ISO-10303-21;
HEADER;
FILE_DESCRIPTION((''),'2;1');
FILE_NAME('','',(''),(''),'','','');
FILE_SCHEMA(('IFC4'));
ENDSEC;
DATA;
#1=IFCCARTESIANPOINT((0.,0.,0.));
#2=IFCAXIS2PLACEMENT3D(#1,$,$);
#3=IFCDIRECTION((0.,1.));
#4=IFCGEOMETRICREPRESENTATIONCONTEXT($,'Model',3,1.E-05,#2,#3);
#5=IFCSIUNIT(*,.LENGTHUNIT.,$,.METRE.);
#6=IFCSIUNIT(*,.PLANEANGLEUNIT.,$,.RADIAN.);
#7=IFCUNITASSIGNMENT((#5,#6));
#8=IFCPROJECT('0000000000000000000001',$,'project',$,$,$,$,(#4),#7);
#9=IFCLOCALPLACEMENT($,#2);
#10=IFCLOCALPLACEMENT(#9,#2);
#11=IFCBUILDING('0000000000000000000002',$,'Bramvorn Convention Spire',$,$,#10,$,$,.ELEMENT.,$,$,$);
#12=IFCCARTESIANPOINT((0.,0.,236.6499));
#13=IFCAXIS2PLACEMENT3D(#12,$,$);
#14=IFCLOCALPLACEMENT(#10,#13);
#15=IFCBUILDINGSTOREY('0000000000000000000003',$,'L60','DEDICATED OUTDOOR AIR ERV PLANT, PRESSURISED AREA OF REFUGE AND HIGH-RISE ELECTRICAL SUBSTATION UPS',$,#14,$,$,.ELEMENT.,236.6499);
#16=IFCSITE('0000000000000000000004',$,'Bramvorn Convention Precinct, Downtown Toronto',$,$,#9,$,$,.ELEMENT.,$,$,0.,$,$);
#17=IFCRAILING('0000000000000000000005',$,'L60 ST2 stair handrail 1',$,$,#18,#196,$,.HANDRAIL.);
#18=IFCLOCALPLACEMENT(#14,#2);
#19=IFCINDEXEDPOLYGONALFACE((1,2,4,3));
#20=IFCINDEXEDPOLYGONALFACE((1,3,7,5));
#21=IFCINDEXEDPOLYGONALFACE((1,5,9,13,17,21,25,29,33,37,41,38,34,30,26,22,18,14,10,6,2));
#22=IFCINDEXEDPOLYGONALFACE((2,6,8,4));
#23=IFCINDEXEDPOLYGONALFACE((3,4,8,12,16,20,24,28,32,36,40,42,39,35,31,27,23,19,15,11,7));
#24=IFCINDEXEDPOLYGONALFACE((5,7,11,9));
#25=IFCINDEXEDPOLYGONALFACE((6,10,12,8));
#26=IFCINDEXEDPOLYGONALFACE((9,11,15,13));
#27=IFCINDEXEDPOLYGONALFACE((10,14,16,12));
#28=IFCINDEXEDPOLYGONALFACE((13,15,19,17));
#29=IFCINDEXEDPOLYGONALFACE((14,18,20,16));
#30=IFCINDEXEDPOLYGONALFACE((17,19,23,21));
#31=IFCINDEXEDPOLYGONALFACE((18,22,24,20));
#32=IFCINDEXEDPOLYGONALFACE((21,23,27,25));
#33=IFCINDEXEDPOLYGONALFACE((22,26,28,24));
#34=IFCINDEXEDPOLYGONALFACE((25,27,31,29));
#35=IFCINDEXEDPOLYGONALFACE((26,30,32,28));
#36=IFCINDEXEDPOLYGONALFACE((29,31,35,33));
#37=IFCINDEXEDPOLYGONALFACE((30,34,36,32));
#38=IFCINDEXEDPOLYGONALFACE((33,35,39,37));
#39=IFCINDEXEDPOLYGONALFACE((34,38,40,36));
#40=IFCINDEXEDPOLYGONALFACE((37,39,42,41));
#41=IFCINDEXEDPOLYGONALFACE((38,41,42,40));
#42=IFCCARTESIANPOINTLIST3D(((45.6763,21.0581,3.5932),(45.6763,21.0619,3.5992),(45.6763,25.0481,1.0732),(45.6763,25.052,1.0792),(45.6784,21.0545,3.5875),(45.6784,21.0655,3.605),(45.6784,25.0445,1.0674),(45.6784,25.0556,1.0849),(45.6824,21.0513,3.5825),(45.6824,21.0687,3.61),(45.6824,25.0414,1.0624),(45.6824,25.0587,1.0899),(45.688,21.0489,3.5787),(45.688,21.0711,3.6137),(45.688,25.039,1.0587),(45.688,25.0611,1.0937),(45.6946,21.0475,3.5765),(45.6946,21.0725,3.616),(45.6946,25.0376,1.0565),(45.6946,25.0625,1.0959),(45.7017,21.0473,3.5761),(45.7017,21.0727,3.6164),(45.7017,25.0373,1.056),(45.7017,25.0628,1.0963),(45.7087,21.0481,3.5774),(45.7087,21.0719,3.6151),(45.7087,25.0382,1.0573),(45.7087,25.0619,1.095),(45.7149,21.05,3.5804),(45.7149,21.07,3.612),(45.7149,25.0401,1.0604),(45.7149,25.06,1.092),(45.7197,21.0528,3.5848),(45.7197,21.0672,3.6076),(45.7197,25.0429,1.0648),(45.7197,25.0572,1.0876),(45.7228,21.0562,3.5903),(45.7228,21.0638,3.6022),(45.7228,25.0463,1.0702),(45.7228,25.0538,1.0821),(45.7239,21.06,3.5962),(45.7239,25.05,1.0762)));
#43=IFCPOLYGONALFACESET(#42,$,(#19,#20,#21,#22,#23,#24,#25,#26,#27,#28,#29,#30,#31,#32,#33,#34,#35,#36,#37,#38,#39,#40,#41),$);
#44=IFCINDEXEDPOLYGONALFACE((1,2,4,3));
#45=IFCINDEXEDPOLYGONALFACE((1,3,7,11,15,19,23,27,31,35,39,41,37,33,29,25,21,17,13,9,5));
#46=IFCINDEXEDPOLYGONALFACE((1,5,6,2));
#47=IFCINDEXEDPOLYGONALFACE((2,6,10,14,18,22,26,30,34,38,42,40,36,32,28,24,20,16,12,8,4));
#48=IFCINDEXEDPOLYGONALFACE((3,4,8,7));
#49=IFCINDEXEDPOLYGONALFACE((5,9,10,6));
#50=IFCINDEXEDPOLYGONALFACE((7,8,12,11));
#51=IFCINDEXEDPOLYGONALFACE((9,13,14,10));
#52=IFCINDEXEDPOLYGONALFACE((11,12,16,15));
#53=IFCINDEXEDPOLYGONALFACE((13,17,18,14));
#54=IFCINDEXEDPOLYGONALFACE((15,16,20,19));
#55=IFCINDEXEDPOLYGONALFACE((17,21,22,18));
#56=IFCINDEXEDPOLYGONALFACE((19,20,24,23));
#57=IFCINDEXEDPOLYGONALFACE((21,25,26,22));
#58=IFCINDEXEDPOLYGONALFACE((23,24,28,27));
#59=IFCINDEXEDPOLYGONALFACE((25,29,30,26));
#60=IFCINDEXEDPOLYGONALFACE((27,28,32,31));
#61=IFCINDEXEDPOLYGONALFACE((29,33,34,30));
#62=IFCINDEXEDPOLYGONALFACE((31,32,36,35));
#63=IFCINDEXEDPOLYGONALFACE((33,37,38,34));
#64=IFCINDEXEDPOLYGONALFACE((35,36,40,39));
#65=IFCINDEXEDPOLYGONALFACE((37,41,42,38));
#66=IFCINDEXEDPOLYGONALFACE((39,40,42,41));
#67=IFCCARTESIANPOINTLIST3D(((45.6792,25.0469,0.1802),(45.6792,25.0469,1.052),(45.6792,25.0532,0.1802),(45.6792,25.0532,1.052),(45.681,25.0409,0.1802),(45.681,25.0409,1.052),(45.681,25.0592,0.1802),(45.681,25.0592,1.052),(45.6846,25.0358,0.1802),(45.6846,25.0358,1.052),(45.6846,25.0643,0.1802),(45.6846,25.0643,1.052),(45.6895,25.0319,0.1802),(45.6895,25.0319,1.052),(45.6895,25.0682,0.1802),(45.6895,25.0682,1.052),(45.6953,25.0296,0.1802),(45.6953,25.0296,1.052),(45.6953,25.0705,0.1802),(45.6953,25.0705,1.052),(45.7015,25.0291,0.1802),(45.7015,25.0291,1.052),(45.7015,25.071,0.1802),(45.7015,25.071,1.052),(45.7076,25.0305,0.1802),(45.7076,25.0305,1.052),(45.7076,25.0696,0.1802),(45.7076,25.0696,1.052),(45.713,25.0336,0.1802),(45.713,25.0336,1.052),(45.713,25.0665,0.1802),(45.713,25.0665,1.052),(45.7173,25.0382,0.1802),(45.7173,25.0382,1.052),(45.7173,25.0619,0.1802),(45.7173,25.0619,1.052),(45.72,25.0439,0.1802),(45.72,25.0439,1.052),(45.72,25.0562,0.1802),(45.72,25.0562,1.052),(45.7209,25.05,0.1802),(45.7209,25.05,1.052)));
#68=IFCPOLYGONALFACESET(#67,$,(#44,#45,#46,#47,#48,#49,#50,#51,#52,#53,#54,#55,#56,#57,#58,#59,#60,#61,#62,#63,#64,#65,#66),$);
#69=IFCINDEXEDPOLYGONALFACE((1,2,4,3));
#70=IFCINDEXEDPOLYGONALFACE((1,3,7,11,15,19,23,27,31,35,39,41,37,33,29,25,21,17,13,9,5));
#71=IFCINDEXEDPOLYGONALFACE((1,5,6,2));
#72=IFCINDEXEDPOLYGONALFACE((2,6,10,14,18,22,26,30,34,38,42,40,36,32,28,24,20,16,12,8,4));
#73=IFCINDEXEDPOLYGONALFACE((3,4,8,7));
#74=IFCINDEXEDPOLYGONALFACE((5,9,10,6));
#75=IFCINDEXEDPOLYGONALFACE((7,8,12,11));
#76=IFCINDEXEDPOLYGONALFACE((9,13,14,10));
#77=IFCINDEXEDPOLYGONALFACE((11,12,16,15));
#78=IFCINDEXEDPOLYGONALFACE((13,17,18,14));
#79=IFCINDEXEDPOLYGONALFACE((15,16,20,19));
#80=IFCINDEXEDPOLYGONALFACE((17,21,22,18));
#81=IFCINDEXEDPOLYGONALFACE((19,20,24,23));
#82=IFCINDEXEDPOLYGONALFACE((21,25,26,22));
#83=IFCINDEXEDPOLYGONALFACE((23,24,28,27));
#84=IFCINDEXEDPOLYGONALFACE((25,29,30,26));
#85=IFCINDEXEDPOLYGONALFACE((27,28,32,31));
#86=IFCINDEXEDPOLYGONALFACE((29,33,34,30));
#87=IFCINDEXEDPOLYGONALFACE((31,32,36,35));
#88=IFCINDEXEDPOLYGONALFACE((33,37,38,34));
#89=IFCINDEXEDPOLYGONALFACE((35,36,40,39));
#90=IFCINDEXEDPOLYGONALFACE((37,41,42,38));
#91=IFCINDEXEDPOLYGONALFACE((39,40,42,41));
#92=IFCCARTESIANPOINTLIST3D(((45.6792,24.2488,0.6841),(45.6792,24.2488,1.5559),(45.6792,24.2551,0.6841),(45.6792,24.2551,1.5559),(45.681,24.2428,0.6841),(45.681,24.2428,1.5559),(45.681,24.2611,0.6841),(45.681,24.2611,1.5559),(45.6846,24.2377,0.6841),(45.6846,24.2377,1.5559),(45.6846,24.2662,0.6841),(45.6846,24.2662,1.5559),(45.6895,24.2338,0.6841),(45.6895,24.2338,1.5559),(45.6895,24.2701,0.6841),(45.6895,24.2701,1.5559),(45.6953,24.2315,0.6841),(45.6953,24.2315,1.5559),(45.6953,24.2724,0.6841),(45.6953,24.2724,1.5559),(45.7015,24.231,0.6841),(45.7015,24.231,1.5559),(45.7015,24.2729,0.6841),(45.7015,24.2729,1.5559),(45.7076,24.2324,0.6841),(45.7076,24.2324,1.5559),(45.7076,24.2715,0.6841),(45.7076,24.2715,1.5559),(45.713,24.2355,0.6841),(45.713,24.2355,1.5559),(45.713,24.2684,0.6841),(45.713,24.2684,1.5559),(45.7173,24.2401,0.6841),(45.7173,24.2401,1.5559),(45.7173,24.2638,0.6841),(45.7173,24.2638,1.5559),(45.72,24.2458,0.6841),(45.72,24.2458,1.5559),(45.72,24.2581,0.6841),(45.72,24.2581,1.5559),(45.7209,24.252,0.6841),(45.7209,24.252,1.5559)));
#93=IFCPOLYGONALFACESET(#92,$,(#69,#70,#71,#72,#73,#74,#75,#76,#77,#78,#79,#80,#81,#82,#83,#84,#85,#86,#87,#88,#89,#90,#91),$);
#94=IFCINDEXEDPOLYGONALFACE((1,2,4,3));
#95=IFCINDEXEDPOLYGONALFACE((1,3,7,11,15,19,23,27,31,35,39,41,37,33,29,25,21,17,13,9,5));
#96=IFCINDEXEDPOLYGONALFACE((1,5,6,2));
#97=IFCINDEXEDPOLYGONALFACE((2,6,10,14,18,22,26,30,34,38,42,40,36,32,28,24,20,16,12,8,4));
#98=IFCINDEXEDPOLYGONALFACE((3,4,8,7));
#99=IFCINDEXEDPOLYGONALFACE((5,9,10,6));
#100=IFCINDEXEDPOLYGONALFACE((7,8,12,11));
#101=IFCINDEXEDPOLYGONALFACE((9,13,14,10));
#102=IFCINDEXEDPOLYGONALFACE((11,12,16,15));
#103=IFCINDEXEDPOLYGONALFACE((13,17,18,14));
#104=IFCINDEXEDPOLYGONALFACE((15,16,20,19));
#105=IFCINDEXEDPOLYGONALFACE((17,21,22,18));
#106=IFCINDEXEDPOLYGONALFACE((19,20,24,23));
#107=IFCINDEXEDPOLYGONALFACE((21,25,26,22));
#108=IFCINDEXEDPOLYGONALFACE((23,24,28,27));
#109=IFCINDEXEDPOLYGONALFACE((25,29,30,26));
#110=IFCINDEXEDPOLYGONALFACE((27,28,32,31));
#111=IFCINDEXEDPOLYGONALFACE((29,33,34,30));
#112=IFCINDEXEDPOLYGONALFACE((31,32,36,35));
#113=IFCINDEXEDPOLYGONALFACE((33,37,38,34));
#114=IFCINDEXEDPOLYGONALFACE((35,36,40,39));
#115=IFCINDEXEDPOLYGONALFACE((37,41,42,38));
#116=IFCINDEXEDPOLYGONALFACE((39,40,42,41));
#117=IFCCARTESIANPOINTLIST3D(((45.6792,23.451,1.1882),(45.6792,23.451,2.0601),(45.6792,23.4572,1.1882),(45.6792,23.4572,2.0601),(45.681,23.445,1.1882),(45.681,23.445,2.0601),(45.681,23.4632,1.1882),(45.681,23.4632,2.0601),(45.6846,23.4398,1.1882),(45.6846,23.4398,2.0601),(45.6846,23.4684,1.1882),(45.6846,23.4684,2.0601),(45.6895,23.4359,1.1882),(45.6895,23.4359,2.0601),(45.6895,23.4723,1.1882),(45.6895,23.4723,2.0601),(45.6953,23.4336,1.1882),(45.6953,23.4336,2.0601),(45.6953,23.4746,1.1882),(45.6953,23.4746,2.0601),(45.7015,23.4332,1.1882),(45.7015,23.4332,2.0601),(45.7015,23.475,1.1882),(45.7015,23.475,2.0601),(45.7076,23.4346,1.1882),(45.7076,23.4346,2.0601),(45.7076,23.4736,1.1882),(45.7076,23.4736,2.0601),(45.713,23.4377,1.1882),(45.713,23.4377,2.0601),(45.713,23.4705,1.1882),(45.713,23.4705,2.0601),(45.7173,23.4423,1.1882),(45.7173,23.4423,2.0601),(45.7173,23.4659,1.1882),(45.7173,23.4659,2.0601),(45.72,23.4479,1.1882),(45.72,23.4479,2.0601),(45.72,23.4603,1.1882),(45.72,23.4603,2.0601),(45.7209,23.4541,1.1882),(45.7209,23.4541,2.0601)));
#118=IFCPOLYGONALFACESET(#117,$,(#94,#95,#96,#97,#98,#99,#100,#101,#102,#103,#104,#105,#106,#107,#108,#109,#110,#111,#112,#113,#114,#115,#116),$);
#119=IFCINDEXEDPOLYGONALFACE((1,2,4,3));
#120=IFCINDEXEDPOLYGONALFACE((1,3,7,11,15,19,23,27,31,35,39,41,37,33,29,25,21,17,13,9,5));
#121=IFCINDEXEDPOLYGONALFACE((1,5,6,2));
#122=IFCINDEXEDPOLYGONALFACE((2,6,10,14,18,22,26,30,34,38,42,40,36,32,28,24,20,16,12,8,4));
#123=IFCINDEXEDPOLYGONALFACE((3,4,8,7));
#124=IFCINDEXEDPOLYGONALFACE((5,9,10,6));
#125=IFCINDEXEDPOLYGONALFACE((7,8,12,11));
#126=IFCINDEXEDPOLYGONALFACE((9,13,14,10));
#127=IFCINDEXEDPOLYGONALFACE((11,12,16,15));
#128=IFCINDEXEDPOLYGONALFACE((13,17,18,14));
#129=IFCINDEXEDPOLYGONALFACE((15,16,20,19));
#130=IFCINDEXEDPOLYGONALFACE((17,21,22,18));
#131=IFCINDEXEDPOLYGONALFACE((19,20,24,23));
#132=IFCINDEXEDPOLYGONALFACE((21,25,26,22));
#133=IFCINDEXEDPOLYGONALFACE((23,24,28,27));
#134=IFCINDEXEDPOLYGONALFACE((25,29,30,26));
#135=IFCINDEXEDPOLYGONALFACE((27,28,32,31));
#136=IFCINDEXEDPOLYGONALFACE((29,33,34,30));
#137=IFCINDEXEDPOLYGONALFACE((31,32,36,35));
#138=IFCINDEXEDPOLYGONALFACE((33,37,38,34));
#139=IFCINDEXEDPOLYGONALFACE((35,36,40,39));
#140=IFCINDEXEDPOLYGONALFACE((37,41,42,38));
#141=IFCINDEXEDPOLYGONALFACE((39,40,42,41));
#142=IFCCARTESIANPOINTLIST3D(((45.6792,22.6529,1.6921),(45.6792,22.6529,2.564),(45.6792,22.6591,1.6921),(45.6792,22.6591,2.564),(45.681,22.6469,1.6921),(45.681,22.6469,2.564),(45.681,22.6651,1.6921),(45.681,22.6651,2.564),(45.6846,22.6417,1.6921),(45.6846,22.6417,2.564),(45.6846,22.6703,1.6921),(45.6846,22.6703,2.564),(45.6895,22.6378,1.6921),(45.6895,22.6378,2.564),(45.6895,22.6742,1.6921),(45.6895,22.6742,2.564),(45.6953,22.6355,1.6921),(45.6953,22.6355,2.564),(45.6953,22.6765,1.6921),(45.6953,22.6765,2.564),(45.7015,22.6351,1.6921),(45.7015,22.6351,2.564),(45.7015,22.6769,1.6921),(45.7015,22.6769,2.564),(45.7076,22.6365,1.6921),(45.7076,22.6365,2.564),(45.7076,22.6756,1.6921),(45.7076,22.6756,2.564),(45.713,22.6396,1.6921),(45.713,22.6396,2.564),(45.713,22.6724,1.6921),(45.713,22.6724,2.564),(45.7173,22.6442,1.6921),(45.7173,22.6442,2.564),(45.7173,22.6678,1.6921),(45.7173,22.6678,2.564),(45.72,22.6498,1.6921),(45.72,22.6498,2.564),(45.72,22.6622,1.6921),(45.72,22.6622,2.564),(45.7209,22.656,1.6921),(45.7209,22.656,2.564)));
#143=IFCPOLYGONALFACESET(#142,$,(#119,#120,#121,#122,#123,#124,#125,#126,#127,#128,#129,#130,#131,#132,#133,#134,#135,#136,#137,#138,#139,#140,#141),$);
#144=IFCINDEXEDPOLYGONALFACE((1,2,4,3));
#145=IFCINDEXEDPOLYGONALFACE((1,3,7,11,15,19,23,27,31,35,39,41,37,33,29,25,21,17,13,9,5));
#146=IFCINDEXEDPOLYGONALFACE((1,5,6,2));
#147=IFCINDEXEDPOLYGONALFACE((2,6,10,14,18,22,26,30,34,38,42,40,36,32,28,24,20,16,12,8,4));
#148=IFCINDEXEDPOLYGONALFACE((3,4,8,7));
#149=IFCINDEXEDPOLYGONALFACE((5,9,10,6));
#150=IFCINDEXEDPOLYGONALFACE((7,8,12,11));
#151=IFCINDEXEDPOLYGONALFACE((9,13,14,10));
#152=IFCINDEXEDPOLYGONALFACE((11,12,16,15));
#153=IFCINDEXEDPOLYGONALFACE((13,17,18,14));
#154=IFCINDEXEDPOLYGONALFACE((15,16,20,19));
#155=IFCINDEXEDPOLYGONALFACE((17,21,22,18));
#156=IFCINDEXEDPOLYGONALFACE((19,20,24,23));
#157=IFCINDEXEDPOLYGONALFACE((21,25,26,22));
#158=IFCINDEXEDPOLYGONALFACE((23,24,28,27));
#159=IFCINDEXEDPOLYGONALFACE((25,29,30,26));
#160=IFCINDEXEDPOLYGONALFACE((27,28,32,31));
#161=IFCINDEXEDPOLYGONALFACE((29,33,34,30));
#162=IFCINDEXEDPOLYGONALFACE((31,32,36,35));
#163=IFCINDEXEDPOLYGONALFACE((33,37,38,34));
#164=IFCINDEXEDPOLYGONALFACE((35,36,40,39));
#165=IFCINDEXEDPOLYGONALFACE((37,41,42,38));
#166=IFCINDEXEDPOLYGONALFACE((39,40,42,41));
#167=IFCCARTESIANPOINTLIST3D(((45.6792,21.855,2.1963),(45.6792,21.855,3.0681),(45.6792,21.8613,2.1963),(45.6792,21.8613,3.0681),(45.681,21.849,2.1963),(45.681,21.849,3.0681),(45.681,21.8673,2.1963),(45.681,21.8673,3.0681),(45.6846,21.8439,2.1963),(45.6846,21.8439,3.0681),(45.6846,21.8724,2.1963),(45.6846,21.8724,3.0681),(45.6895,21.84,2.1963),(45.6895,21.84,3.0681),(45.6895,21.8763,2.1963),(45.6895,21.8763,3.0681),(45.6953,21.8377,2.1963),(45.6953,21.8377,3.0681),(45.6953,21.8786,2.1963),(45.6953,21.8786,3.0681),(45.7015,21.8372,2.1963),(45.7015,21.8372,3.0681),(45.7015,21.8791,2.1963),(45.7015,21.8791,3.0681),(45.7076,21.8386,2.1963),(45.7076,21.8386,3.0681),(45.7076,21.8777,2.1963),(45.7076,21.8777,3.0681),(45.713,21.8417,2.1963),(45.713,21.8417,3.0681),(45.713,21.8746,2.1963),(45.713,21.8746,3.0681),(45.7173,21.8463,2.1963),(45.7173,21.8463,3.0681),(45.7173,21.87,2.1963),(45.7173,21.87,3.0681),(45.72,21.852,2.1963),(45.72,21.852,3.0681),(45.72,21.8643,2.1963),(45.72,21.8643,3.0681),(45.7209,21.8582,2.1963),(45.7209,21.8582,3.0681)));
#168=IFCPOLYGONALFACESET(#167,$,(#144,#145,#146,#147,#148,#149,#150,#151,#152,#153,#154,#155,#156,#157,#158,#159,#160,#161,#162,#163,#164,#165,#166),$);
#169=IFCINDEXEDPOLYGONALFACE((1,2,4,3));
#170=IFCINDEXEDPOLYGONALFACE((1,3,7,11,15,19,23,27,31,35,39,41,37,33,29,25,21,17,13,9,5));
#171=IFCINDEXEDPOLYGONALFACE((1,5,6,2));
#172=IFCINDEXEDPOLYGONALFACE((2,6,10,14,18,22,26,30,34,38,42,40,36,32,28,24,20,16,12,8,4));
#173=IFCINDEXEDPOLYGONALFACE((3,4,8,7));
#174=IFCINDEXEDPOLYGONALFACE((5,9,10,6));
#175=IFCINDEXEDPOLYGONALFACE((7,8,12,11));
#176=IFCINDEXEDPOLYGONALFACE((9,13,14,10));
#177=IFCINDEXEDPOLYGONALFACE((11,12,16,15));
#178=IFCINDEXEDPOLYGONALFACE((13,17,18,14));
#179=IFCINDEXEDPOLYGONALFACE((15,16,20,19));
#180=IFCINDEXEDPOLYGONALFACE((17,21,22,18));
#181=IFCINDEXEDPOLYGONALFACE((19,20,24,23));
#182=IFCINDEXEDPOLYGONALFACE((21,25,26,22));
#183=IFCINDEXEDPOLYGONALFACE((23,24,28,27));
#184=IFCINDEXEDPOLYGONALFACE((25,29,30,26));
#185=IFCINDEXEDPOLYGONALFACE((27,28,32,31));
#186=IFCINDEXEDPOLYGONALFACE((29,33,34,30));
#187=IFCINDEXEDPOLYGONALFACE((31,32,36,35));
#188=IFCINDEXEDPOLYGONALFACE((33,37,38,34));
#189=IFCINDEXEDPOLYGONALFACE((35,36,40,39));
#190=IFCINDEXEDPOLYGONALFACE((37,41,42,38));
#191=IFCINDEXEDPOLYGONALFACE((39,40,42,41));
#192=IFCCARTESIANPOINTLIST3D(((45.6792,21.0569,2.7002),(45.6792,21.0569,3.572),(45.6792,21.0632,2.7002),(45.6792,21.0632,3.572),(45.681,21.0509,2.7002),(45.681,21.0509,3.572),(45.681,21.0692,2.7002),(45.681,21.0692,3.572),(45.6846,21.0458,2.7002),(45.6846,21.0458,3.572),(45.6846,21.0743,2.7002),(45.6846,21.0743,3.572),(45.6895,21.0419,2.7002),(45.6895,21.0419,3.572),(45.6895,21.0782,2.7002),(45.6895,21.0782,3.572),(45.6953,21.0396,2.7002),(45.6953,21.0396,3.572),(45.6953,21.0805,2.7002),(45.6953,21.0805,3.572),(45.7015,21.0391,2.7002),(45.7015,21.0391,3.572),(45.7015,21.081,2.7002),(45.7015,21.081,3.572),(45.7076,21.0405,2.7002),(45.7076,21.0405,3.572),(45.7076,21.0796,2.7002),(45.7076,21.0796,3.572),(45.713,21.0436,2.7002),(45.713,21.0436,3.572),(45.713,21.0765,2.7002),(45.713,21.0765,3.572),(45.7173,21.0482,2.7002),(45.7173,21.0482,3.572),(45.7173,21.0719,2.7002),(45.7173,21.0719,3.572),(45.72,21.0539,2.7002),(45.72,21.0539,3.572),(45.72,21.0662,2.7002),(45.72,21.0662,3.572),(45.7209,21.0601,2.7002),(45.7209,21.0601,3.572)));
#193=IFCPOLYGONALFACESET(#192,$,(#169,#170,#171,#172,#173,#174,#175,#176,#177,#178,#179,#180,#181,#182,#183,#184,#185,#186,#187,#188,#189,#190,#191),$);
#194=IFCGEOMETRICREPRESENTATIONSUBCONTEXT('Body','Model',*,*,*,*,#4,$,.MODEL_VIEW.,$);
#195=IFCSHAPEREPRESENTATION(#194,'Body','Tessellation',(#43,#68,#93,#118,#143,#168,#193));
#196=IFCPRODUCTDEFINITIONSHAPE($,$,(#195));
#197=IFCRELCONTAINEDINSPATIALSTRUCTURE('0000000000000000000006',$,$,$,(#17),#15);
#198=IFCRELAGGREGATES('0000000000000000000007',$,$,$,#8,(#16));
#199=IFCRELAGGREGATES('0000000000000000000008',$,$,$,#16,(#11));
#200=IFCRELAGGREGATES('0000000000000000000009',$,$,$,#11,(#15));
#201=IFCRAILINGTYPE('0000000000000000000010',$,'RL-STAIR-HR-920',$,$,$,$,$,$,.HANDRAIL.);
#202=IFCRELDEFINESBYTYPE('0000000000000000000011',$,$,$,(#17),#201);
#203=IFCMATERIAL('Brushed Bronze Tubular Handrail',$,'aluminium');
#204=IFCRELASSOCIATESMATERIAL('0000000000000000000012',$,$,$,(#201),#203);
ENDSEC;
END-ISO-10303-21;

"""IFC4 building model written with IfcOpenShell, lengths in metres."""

from ifc_helpers import new_model, si_unit, direction, frame, origin, origin_2d, place, context, subcontext, project, spatial, circle, extrude, material, type_object, element, save


model = new_model("IFC4")

# Units and contexts
model_context = context("Model", 3, precision=1e-05, world=origin(), true_north=direction((0.0, 1.0)))
body_context = subcontext(model_context, "Body", "Model", "MODEL_VIEW")
ifc_project = project(units=[si_unit("LENGTHUNIT", "METRE"), si_unit("PLANEANGLEUNIT", "RADIAN")], contexts=[model_context])

# Site, building, storey
site_placement = place(None, origin())
site = spatial("IfcSite", under=ifc_project, at=site_placement, Name="Bramvorn Convention Precinct, Downtown Toronto", CompositionType="ELEMENT", RefElevation=0.0)
building_placement = place(site_placement, origin())
building = spatial("IfcBuilding", under=site, at=building_placement, Name="Bramvorn Convention Spire", CompositionType="ELEMENT")
storey_placement = place(building_placement, frame((0.0, 0.0, 236.6499)))
storey = spatial("IfcBuildingStorey", under=building, at=storey_placement, Name="L60", Description="DEDICATED OUTDOOR AIR ERV PLANT, PRESSURISED AREA OF REFUGE AND HIGH-RISE ELECTRICAL SUBSTATION UPS", CompositionType="ELEMENT", Elevation=236.6499)

# Railing
ifc_material_1 = material(Name="Brushed Bronze Tubular Handrail", Category="aluminium")
railing_type_1 = type_object("IfcRailingType", Name="RL-STAIR-HR-920", PredefinedType="HANDRAIL", material=ifc_material_1)
railing_1_placement = place(storey_placement, frame((45.7, 25.05, 0.1802)))
element("IfcRailing", 1, at=railing_1_placement, inside=storey, type_object=railing_type_1, Name="L60 ST2 stair handrail 1", PredefinedType="HANDRAIL", context=body_context, shape_type="SweptSolid", body=[
    extrude(circle(Radius=0.0239, at=origin_2d()), frame((0.0, 0.0, 0.896), z_axis=(0.0, -0.845486, 0.533997), x_axis=(1.0, 0.0, 0.0)), (0.0, 0.0, 1.0), 4.7192),
    extrude(circle(Radius=0.021, at=origin_2d()), origin(), (0.0, 0.0, 1.0), 0.8718),
    extrude(circle(Radius=0.021, at=origin_2d()), frame((0.0, -0.7981, 0.5039)), (0.0, 0.0, 1.0), 0.8718),
    extrude(circle(Radius=0.021, at=origin_2d()), frame((0.0, -1.5959, 1.0081)), (0.0, 0.0, 1.0), 0.8718),
    extrude(circle(Radius=0.021, at=origin_2d()), frame((0.0, -2.394, 1.512)), (0.0, 0.0, 1.0), 0.8718),
    extrude(circle(Radius=0.021, at=origin_2d()), frame((0.0, -3.1919, 2.0161)), (0.0, 0.0, 1.0), 0.8718),
    extrude(circle(Radius=0.021, at=origin_2d()), frame((0.0, -3.99, 2.52)), (0.0, 0.0, 1.0), 0.8718),
])

save(model, "model.ifc")
